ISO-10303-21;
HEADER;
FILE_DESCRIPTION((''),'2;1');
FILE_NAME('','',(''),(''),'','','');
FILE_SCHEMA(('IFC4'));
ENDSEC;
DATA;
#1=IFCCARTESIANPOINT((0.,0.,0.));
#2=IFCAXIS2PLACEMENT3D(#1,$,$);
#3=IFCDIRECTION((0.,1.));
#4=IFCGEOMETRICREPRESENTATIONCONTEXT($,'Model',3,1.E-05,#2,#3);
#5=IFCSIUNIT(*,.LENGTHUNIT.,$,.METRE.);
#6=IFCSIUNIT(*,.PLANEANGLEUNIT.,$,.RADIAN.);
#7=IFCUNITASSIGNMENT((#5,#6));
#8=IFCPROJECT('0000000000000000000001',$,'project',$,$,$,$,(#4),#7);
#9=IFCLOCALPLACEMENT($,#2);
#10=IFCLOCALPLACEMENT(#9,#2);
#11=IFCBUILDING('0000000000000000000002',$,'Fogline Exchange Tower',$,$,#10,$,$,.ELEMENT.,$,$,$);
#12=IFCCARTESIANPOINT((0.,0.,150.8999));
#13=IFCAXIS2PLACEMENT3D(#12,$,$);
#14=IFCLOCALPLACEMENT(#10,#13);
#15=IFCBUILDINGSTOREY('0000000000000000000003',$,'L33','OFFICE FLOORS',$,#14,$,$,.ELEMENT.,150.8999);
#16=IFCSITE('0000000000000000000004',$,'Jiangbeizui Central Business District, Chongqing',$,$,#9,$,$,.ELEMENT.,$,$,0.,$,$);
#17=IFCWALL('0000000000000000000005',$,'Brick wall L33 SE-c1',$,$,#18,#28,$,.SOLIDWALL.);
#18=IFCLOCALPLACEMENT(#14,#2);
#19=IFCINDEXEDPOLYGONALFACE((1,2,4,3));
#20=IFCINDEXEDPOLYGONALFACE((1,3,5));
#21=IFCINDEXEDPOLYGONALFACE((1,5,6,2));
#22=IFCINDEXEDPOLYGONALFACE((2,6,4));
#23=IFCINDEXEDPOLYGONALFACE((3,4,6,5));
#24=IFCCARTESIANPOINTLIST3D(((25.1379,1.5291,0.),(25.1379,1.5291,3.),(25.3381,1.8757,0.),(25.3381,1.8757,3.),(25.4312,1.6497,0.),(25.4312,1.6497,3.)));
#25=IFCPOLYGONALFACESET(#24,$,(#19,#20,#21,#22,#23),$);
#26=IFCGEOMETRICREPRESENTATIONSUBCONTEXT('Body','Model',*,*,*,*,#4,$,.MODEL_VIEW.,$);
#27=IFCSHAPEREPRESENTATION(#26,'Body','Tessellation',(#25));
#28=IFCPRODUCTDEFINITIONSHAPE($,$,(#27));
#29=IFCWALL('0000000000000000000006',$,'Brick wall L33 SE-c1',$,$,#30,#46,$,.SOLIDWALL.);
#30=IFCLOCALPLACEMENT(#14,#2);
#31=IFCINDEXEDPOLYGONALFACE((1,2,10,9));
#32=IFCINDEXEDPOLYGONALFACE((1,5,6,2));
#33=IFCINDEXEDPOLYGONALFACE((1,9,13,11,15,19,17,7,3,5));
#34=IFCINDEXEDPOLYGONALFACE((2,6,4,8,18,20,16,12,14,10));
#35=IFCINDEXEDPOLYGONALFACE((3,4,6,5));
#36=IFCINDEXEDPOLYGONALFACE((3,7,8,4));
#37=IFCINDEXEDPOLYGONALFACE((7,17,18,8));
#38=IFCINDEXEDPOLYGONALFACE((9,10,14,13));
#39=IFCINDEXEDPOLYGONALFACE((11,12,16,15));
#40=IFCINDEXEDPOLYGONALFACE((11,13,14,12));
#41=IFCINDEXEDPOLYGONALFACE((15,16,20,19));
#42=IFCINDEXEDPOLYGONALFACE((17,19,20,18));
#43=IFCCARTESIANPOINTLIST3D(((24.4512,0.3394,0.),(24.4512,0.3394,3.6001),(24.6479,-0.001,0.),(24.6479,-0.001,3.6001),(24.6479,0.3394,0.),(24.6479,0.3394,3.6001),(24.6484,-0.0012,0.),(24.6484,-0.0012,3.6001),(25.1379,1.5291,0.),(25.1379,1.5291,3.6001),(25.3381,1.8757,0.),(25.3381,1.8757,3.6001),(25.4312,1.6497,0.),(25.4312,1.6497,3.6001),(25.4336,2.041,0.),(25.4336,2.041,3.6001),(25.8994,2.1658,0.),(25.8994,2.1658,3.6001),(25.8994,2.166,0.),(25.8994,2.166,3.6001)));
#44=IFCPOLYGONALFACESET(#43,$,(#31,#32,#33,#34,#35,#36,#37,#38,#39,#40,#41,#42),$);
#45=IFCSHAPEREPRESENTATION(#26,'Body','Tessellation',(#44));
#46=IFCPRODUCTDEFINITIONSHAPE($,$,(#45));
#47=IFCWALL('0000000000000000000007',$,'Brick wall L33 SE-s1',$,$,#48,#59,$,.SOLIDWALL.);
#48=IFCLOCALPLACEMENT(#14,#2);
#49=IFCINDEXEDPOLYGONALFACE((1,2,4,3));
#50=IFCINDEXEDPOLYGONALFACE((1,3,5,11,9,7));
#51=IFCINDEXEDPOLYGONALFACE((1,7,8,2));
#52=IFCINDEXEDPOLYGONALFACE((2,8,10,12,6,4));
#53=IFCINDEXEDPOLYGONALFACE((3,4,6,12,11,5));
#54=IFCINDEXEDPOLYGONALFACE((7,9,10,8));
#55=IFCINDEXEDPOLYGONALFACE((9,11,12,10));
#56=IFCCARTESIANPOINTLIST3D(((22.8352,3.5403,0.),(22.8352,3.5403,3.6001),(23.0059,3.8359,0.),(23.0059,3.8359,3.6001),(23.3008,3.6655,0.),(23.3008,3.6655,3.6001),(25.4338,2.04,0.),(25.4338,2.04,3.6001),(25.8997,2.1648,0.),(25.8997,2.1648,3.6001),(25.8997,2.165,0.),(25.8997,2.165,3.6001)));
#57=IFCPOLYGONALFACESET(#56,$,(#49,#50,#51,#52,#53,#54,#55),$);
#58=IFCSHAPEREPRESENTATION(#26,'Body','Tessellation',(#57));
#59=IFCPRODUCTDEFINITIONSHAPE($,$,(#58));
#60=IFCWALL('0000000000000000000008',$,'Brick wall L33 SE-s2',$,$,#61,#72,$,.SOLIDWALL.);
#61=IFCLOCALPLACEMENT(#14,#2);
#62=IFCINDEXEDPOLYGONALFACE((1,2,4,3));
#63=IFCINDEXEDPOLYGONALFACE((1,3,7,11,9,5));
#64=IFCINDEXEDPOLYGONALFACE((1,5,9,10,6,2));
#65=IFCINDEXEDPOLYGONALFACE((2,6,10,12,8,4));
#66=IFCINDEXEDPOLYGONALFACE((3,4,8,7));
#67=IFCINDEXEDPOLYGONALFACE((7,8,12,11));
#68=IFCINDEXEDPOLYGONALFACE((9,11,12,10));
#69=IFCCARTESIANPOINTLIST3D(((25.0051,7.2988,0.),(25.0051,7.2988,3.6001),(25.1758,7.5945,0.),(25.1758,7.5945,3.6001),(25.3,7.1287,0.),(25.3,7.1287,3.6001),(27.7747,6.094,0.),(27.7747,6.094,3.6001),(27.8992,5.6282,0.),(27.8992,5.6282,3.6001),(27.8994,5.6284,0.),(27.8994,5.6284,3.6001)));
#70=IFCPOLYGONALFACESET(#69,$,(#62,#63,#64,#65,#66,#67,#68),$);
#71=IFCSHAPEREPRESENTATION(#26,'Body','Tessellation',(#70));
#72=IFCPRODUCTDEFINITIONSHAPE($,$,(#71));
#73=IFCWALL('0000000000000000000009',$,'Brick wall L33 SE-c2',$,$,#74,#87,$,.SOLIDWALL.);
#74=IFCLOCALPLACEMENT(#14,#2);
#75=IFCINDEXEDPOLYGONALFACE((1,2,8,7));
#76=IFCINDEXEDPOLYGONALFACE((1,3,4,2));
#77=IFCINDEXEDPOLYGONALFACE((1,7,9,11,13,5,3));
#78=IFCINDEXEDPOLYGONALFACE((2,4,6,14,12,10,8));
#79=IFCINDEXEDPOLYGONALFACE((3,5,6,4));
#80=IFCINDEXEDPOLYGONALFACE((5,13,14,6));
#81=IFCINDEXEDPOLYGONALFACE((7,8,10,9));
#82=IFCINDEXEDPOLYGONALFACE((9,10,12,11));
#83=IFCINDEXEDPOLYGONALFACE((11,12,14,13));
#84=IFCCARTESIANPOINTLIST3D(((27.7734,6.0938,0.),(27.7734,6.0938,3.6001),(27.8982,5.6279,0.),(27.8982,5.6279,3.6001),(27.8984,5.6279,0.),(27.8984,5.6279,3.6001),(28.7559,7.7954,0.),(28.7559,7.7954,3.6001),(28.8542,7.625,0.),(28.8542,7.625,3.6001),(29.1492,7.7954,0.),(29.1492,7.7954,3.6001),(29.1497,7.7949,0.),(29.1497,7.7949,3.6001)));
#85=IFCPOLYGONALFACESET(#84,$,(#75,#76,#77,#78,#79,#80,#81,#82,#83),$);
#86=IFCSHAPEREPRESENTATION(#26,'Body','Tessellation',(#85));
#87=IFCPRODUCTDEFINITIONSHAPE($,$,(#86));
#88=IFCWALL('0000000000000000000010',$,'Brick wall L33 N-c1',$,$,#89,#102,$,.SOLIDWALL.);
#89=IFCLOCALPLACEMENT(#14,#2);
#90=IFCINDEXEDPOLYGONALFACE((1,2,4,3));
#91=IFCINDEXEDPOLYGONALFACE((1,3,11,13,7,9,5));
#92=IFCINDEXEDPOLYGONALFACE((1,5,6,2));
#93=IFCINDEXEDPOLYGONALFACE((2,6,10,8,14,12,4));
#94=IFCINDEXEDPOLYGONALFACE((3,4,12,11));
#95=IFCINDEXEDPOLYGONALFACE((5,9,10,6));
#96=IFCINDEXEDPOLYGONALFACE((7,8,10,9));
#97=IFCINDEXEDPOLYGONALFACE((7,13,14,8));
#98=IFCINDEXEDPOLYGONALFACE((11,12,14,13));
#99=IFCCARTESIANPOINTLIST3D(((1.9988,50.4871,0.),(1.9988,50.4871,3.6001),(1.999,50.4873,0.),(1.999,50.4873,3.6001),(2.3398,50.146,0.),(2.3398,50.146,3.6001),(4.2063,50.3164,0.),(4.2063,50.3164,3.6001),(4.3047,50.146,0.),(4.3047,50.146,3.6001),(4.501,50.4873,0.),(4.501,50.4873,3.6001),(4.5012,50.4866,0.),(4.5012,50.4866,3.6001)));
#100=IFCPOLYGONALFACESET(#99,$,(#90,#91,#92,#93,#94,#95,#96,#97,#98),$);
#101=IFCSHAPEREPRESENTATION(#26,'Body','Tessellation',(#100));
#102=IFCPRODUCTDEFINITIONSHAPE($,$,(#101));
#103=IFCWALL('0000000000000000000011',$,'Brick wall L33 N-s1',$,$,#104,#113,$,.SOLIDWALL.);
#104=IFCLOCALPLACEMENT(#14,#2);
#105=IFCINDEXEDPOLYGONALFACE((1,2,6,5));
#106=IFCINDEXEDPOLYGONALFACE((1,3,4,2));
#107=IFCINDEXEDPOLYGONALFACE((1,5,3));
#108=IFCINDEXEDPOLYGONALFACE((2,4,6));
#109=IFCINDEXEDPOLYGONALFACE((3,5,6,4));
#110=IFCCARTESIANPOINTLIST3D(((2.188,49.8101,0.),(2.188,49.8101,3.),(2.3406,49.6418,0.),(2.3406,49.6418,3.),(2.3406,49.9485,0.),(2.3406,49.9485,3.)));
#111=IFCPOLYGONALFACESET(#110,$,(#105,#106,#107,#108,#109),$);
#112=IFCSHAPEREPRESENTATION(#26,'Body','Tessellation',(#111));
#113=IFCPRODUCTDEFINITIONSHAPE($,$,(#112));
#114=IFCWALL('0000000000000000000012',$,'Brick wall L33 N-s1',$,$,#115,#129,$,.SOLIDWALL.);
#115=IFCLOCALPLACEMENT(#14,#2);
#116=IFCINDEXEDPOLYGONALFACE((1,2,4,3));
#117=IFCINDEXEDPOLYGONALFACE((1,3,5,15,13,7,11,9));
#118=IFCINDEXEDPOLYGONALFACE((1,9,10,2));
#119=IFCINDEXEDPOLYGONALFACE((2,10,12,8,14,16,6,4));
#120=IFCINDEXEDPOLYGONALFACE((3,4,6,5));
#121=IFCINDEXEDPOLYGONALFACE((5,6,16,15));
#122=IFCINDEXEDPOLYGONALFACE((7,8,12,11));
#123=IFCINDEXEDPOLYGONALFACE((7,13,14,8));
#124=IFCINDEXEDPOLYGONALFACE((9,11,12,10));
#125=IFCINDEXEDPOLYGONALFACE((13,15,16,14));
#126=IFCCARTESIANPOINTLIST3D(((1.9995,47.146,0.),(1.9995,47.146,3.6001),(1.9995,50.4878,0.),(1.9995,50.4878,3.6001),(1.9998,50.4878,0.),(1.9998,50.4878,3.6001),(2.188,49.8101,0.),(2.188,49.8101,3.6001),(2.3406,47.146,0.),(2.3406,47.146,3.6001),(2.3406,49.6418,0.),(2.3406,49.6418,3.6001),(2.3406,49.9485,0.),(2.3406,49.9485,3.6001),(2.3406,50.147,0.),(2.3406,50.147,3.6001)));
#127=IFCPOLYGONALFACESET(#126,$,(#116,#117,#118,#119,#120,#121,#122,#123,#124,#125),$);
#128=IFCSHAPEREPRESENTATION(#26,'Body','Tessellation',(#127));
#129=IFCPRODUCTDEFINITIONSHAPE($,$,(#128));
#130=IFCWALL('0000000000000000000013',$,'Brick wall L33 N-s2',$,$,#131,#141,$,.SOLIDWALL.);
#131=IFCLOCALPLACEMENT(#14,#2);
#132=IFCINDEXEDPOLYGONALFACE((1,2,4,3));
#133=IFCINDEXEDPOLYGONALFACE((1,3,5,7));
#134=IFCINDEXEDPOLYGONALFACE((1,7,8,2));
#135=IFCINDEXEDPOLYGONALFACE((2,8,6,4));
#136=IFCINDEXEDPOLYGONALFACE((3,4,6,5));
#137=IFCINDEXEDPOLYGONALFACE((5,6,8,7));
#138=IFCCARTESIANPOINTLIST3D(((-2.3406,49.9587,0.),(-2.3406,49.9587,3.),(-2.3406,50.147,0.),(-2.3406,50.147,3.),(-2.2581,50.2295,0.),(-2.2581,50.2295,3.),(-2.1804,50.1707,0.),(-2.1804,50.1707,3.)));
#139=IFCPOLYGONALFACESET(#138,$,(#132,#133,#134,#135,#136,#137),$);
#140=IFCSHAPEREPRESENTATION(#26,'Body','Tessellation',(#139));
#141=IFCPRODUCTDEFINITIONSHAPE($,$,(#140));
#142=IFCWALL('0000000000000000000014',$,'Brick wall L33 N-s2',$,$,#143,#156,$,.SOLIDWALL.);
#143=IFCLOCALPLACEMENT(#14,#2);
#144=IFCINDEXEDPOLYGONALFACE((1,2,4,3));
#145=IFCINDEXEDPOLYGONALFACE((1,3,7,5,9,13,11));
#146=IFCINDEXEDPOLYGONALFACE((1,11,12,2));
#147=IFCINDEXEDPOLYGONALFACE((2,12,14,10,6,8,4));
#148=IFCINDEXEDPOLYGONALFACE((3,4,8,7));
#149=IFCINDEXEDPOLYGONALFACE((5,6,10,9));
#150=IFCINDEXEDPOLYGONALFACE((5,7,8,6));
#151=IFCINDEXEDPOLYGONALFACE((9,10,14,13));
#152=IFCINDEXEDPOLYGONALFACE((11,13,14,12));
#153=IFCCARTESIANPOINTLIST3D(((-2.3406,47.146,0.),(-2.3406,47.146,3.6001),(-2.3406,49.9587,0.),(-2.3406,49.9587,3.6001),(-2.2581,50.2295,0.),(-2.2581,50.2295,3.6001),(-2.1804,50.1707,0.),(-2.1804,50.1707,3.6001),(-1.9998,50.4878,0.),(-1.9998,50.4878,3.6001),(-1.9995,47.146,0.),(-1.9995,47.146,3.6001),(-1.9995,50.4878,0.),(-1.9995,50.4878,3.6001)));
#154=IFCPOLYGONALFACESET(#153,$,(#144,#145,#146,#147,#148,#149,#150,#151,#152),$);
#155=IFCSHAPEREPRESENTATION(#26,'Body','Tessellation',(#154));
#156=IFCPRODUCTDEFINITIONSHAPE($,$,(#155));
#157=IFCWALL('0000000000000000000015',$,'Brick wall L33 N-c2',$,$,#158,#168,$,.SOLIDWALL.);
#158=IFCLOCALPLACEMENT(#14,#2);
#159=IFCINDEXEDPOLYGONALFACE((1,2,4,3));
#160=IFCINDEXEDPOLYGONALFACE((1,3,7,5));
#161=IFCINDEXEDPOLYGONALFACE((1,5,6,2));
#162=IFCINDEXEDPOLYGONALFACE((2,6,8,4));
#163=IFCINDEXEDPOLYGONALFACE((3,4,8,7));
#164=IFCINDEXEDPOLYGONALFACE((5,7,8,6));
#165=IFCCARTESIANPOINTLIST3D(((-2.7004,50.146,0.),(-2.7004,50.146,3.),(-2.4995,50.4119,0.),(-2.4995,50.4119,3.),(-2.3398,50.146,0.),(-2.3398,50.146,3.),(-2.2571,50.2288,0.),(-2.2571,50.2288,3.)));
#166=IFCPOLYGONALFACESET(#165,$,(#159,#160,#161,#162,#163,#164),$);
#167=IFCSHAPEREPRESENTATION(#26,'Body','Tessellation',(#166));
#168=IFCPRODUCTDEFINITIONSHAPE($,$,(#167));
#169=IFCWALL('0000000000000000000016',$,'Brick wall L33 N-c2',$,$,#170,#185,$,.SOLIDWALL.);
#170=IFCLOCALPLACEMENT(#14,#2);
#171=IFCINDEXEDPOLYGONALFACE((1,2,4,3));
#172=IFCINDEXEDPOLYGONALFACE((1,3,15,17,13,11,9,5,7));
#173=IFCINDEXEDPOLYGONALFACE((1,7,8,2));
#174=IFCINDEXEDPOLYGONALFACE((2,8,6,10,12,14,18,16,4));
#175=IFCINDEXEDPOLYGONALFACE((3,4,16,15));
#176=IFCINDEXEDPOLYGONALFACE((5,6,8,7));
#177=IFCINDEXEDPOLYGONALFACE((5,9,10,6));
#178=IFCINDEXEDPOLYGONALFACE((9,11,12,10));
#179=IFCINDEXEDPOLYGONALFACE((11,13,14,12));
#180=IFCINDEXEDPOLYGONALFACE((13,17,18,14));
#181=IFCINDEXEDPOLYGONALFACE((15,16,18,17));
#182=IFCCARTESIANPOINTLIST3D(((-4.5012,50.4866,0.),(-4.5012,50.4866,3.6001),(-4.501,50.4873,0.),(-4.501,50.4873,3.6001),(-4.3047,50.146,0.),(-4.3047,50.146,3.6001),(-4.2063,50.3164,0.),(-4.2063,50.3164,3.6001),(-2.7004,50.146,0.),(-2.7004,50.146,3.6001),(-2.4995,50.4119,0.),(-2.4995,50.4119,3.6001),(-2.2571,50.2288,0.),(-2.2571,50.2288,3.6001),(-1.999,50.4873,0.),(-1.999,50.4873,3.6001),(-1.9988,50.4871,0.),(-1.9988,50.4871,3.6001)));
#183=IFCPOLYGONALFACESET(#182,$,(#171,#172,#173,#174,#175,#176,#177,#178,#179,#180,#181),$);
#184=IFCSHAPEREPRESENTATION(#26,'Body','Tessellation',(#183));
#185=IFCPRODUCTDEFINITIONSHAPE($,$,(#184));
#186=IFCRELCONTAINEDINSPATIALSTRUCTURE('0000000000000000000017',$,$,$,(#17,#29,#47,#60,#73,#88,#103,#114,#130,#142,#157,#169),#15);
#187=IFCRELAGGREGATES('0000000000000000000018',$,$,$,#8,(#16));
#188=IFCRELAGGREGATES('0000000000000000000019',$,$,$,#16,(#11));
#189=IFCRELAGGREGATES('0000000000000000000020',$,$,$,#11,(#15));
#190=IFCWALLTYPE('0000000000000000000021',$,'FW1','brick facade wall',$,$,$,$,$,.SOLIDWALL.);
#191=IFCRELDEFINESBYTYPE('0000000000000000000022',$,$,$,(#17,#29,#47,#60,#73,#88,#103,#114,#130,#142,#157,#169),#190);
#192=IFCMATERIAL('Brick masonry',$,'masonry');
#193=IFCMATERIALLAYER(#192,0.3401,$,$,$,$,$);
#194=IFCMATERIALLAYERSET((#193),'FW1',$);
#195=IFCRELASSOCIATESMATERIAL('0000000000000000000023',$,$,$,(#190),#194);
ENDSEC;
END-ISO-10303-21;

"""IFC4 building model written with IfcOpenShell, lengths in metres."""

from ifc_helpers import new_model, si_unit, direction, frame, origin, place, context, subcontext, project, spatial, polyline, outline, extrude, material, layer, layer_set, type_object, element, save


model = new_model("IFC4")

# Units and contexts
model_context = context("Model", 3, precision=1e-05, world=origin(), true_north=direction((0.0, 1.0)))
body_context = subcontext(model_context, "Body", "Model", "MODEL_VIEW")
ifc_project = project(units=[si_unit("LENGTHUNIT", "METRE"), si_unit("PLANEANGLEUNIT", "RADIAN")], contexts=[model_context])

# Site, building, storey
site_placement = place(None, origin())
site = spatial("IfcSite", under=ifc_project, at=site_placement, Name="Jiangbeizui Central Business District, Chongqing", CompositionType="ELEMENT", RefElevation=0.0)
building_placement = place(site_placement, origin())
building = spatial("IfcBuilding", under=site, at=building_placement, Name="Fogline Exchange Tower", CompositionType="ELEMENT")
storey_placement = place(building_placement, frame((0.0, 0.0, 150.8999)))
storey = spatial("IfcBuildingStorey", under=building, at=storey_placement, Name="L33", Description="OFFICE FLOORS", CompositionType="ELEMENT", Elevation=150.8999)

# Walls
ifc_material_1 = material(Name="Brick masonry", Category="masonry")
ifc_layer_1 = layer(ifc_material_1, 0.3401)
ifc_layer_set_1 = layer_set([ifc_layer_1], Name="FW1")
wall_type_1 = type_object("IfcWallType", Name="FW1", Description="brick facade wall", PredefinedType="SOLIDWALL", material=ifc_layer_set_1)
wall_1_placement = place(storey_placement, origin())
element("IfcWall", 1, at=wall_1_placement, inside=storey, type_object=wall_type_1, Name="Brick wall L33 SE-c1", PredefinedType="SOLIDWALL", context=body_context, shape_type="SweptSolid", body=[
    extrude(outline(polyline([(25.3381, 1.8757), (25.4312, 1.6497), (25.1379, 1.5291), (25.3381, 1.8757)])), origin(), (0.0, 0.0, 1.0), 3.0),
])
wall_2_placement = place(storey_placement, origin())
element("IfcWall", 2, at=wall_2_placement, inside=storey, type_object=wall_type_1, Name="Brick wall L33 SE-c1", PredefinedType="SOLIDWALL", context=body_context, shape_type="SweptSolid", body=[
    extrude(outline(polyline([(24.6484, -0.0012), (24.6479, -0.001), (24.6479, 0.3394), (24.4512, 0.3394), (25.1379, 1.5291), (25.4312, 1.6497), (25.3381, 1.8757), (25.4336, 2.041), (25.8994, 2.166), (25.8994, 2.1658), (24.6484, -0.0012)])), origin(), (0.0, 0.0, 1.0), 3.6001),
])
wall_3_placement = place(storey_placement, origin())
element("IfcWall", 3, at=wall_3_placement, inside=storey, type_object=wall_type_1, Name="Brick wall L33 SE-s1", PredefinedType="SOLIDWALL", context=body_context, shape_type="SweptSolid", body=[
    extrude(outline(polyline([(22.8352, 3.5403), (23.0059, 3.8359), (23.3008, 3.6655), (25.8997, 2.165), (25.8997, 2.1648), (25.4338, 2.04), (22.8352, 3.5403)])), origin(), (0.0, 0.0, 1.0), 3.6001),
])
wall_4_placement = place(storey_placement, origin())
element("IfcWall", 4, at=wall_4_placement, inside=storey, type_object=wall_type_1, Name="Brick wall L33 SE-s2", PredefinedType="SOLIDWALL", context=body_context, shape_type="SweptSolid", body=[
    extrude(outline(polyline([(27.8992, 5.6282), (25.3, 7.1287), (25.0051, 7.2988), (25.1758, 7.5945), (27.7747, 6.094), (27.8994, 5.6284), (27.8992, 5.6282)])), origin(), (0.0, 0.0, 1.0), 3.6001),
])
wall_5_placement = place(storey_placement, origin())
element("IfcWall", 5, at=wall_5_placement, inside=storey, type_object=wall_type_1, Name="Brick wall L33 SE-c2", PredefinedType="SOLIDWALL", context=body_context, shape_type="SweptSolid", body=[
    extrude(outline(polyline([(28.7559, 7.7954), (28.8542, 7.625), (29.1492, 7.7954), (29.1497, 7.7949), (27.8984, 5.6279), (27.8982, 5.6279), (27.7734, 6.0938), (28.7559, 7.7954)])), origin(), (0.0, 0.0, 1.0), 3.6001),
])
wall_6_placement = place(storey_placement, origin())
element("IfcWall", 6, at=wall_6_placement, inside=storey, type_object=wall_type_1, Name="Brick wall L33 N-c1", PredefinedType="SOLIDWALL", context=body_context, shape_type="SweptSolid", body=[
    extrude(outline(polyline([(1.999, 50.4873), (4.501, 50.4873), (4.5012, 50.4866), (4.2063, 50.3164), (4.3047, 50.146), (2.3398, 50.146), (1.9988, 50.4871), (1.999, 50.4873)])), origin(), (0.0, 0.0, 1.0), 3.6001),
])
wall_7_placement = place(storey_placement, origin())
element("IfcWall", 7, at=wall_7_placement, inside=storey, type_object=wall_type_1, Name="Brick wall L33 N-s1", PredefinedType="SOLIDWALL", context=body_context, shape_type="SweptSolid", body=[
    extrude(outline(polyline([(2.3406, 49.6418), (2.188, 49.8101), (2.3406, 49.9485), (2.3406, 49.6418)])), origin(), (0.0, 0.0, 1.0), 3.0),
])
wall_8_placement = place(storey_placement, origin())
element("IfcWall", 8, at=wall_8_placement, inside=storey, type_object=wall_type_1, Name="Brick wall L33 N-s1", PredefinedType="SOLIDWALL", context=body_context, shape_type="SweptSolid", body=[
    extrude(outline(polyline([(1.9995, 47.146), (1.9995, 50.4878), (1.9998, 50.4878), (2.3406, 50.147), (2.3406, 49.9485), (2.188, 49.8101), (2.3406, 49.6418), (2.3406, 47.146), (1.9995, 47.146)])), origin(), (0.0, 0.0, 1.0), 3.6001),
])
wall_9_placement = place(storey_placement, origin())
element("IfcWall", 9, at=wall_9_placement, inside=storey, type_object=wall_type_1, Name="Brick wall L33 N-s2", PredefinedType="SOLIDWALL", context=body_context, shape_type="SweptSolid", body=[
    extrude(outline(polyline([(-2.3406, 50.147), (-2.2581, 50.2295), (-2.1804, 50.1707), (-2.3406, 49.9587), (-2.3406, 50.147)])), origin(), (0.0, 0.0, 1.0), 3.0),
])
wall_10_placement = place(storey_placement, origin())
element("IfcWall", 10, at=wall_10_placement, inside=storey, type_object=wall_type_1, Name="Brick wall L33 N-s2", PredefinedType="SOLIDWALL", context=body_context, shape_type="SweptSolid", body=[
    extrude(outline(polyline([(-1.9995, 47.146), (-2.3406, 47.146), (-2.3406, 49.9587), (-2.1804, 50.1707), (-2.2581, 50.2295), (-1.9998, 50.4878), (-1.9995, 50.4878), (-1.9995, 47.146)])), origin(), (0.0, 0.0, 1.0), 3.6001),
])
wall_11_placement = place(storey_placement, origin())
element("IfcWall", 11, at=wall_11_placement, inside=storey, type_object=wall_type_1, Name="Brick wall L33 N-c2", PredefinedType="SOLIDWALL", context=body_context, shape_type="SweptSolid", body=[
    extrude(outline(polyline([(-2.3398, 50.146), (-2.7004, 50.146), (-2.4995, 50.4119), (-2.2571, 50.2288), (-2.3398, 50.146)])), origin(), (0.0, 0.0, 1.0), 3.0),
])
wall_12_placement = place(storey_placement, origin())
element("IfcWall", 12, at=wall_12_placement, inside=storey, type_object=wall_type_1, Name="Brick wall L33 N-c2", PredefinedType="SOLIDWALL", context=body_context, shape_type="SweptSolid", body=[
    extrude(outline(polyline([(-4.2063, 50.3164), (-4.5012, 50.4866), (-4.501, 50.4873), (-1.999, 50.4873), (-1.9988, 50.4871), (-2.2571, 50.2288), (-2.4995, 50.4119), (-2.7004, 50.146), (-4.3047, 50.146), (-4.2063, 50.3164)])), origin(), (0.0, 0.0, 1.0), 3.6001),
])

save(model, "model.ifc")
